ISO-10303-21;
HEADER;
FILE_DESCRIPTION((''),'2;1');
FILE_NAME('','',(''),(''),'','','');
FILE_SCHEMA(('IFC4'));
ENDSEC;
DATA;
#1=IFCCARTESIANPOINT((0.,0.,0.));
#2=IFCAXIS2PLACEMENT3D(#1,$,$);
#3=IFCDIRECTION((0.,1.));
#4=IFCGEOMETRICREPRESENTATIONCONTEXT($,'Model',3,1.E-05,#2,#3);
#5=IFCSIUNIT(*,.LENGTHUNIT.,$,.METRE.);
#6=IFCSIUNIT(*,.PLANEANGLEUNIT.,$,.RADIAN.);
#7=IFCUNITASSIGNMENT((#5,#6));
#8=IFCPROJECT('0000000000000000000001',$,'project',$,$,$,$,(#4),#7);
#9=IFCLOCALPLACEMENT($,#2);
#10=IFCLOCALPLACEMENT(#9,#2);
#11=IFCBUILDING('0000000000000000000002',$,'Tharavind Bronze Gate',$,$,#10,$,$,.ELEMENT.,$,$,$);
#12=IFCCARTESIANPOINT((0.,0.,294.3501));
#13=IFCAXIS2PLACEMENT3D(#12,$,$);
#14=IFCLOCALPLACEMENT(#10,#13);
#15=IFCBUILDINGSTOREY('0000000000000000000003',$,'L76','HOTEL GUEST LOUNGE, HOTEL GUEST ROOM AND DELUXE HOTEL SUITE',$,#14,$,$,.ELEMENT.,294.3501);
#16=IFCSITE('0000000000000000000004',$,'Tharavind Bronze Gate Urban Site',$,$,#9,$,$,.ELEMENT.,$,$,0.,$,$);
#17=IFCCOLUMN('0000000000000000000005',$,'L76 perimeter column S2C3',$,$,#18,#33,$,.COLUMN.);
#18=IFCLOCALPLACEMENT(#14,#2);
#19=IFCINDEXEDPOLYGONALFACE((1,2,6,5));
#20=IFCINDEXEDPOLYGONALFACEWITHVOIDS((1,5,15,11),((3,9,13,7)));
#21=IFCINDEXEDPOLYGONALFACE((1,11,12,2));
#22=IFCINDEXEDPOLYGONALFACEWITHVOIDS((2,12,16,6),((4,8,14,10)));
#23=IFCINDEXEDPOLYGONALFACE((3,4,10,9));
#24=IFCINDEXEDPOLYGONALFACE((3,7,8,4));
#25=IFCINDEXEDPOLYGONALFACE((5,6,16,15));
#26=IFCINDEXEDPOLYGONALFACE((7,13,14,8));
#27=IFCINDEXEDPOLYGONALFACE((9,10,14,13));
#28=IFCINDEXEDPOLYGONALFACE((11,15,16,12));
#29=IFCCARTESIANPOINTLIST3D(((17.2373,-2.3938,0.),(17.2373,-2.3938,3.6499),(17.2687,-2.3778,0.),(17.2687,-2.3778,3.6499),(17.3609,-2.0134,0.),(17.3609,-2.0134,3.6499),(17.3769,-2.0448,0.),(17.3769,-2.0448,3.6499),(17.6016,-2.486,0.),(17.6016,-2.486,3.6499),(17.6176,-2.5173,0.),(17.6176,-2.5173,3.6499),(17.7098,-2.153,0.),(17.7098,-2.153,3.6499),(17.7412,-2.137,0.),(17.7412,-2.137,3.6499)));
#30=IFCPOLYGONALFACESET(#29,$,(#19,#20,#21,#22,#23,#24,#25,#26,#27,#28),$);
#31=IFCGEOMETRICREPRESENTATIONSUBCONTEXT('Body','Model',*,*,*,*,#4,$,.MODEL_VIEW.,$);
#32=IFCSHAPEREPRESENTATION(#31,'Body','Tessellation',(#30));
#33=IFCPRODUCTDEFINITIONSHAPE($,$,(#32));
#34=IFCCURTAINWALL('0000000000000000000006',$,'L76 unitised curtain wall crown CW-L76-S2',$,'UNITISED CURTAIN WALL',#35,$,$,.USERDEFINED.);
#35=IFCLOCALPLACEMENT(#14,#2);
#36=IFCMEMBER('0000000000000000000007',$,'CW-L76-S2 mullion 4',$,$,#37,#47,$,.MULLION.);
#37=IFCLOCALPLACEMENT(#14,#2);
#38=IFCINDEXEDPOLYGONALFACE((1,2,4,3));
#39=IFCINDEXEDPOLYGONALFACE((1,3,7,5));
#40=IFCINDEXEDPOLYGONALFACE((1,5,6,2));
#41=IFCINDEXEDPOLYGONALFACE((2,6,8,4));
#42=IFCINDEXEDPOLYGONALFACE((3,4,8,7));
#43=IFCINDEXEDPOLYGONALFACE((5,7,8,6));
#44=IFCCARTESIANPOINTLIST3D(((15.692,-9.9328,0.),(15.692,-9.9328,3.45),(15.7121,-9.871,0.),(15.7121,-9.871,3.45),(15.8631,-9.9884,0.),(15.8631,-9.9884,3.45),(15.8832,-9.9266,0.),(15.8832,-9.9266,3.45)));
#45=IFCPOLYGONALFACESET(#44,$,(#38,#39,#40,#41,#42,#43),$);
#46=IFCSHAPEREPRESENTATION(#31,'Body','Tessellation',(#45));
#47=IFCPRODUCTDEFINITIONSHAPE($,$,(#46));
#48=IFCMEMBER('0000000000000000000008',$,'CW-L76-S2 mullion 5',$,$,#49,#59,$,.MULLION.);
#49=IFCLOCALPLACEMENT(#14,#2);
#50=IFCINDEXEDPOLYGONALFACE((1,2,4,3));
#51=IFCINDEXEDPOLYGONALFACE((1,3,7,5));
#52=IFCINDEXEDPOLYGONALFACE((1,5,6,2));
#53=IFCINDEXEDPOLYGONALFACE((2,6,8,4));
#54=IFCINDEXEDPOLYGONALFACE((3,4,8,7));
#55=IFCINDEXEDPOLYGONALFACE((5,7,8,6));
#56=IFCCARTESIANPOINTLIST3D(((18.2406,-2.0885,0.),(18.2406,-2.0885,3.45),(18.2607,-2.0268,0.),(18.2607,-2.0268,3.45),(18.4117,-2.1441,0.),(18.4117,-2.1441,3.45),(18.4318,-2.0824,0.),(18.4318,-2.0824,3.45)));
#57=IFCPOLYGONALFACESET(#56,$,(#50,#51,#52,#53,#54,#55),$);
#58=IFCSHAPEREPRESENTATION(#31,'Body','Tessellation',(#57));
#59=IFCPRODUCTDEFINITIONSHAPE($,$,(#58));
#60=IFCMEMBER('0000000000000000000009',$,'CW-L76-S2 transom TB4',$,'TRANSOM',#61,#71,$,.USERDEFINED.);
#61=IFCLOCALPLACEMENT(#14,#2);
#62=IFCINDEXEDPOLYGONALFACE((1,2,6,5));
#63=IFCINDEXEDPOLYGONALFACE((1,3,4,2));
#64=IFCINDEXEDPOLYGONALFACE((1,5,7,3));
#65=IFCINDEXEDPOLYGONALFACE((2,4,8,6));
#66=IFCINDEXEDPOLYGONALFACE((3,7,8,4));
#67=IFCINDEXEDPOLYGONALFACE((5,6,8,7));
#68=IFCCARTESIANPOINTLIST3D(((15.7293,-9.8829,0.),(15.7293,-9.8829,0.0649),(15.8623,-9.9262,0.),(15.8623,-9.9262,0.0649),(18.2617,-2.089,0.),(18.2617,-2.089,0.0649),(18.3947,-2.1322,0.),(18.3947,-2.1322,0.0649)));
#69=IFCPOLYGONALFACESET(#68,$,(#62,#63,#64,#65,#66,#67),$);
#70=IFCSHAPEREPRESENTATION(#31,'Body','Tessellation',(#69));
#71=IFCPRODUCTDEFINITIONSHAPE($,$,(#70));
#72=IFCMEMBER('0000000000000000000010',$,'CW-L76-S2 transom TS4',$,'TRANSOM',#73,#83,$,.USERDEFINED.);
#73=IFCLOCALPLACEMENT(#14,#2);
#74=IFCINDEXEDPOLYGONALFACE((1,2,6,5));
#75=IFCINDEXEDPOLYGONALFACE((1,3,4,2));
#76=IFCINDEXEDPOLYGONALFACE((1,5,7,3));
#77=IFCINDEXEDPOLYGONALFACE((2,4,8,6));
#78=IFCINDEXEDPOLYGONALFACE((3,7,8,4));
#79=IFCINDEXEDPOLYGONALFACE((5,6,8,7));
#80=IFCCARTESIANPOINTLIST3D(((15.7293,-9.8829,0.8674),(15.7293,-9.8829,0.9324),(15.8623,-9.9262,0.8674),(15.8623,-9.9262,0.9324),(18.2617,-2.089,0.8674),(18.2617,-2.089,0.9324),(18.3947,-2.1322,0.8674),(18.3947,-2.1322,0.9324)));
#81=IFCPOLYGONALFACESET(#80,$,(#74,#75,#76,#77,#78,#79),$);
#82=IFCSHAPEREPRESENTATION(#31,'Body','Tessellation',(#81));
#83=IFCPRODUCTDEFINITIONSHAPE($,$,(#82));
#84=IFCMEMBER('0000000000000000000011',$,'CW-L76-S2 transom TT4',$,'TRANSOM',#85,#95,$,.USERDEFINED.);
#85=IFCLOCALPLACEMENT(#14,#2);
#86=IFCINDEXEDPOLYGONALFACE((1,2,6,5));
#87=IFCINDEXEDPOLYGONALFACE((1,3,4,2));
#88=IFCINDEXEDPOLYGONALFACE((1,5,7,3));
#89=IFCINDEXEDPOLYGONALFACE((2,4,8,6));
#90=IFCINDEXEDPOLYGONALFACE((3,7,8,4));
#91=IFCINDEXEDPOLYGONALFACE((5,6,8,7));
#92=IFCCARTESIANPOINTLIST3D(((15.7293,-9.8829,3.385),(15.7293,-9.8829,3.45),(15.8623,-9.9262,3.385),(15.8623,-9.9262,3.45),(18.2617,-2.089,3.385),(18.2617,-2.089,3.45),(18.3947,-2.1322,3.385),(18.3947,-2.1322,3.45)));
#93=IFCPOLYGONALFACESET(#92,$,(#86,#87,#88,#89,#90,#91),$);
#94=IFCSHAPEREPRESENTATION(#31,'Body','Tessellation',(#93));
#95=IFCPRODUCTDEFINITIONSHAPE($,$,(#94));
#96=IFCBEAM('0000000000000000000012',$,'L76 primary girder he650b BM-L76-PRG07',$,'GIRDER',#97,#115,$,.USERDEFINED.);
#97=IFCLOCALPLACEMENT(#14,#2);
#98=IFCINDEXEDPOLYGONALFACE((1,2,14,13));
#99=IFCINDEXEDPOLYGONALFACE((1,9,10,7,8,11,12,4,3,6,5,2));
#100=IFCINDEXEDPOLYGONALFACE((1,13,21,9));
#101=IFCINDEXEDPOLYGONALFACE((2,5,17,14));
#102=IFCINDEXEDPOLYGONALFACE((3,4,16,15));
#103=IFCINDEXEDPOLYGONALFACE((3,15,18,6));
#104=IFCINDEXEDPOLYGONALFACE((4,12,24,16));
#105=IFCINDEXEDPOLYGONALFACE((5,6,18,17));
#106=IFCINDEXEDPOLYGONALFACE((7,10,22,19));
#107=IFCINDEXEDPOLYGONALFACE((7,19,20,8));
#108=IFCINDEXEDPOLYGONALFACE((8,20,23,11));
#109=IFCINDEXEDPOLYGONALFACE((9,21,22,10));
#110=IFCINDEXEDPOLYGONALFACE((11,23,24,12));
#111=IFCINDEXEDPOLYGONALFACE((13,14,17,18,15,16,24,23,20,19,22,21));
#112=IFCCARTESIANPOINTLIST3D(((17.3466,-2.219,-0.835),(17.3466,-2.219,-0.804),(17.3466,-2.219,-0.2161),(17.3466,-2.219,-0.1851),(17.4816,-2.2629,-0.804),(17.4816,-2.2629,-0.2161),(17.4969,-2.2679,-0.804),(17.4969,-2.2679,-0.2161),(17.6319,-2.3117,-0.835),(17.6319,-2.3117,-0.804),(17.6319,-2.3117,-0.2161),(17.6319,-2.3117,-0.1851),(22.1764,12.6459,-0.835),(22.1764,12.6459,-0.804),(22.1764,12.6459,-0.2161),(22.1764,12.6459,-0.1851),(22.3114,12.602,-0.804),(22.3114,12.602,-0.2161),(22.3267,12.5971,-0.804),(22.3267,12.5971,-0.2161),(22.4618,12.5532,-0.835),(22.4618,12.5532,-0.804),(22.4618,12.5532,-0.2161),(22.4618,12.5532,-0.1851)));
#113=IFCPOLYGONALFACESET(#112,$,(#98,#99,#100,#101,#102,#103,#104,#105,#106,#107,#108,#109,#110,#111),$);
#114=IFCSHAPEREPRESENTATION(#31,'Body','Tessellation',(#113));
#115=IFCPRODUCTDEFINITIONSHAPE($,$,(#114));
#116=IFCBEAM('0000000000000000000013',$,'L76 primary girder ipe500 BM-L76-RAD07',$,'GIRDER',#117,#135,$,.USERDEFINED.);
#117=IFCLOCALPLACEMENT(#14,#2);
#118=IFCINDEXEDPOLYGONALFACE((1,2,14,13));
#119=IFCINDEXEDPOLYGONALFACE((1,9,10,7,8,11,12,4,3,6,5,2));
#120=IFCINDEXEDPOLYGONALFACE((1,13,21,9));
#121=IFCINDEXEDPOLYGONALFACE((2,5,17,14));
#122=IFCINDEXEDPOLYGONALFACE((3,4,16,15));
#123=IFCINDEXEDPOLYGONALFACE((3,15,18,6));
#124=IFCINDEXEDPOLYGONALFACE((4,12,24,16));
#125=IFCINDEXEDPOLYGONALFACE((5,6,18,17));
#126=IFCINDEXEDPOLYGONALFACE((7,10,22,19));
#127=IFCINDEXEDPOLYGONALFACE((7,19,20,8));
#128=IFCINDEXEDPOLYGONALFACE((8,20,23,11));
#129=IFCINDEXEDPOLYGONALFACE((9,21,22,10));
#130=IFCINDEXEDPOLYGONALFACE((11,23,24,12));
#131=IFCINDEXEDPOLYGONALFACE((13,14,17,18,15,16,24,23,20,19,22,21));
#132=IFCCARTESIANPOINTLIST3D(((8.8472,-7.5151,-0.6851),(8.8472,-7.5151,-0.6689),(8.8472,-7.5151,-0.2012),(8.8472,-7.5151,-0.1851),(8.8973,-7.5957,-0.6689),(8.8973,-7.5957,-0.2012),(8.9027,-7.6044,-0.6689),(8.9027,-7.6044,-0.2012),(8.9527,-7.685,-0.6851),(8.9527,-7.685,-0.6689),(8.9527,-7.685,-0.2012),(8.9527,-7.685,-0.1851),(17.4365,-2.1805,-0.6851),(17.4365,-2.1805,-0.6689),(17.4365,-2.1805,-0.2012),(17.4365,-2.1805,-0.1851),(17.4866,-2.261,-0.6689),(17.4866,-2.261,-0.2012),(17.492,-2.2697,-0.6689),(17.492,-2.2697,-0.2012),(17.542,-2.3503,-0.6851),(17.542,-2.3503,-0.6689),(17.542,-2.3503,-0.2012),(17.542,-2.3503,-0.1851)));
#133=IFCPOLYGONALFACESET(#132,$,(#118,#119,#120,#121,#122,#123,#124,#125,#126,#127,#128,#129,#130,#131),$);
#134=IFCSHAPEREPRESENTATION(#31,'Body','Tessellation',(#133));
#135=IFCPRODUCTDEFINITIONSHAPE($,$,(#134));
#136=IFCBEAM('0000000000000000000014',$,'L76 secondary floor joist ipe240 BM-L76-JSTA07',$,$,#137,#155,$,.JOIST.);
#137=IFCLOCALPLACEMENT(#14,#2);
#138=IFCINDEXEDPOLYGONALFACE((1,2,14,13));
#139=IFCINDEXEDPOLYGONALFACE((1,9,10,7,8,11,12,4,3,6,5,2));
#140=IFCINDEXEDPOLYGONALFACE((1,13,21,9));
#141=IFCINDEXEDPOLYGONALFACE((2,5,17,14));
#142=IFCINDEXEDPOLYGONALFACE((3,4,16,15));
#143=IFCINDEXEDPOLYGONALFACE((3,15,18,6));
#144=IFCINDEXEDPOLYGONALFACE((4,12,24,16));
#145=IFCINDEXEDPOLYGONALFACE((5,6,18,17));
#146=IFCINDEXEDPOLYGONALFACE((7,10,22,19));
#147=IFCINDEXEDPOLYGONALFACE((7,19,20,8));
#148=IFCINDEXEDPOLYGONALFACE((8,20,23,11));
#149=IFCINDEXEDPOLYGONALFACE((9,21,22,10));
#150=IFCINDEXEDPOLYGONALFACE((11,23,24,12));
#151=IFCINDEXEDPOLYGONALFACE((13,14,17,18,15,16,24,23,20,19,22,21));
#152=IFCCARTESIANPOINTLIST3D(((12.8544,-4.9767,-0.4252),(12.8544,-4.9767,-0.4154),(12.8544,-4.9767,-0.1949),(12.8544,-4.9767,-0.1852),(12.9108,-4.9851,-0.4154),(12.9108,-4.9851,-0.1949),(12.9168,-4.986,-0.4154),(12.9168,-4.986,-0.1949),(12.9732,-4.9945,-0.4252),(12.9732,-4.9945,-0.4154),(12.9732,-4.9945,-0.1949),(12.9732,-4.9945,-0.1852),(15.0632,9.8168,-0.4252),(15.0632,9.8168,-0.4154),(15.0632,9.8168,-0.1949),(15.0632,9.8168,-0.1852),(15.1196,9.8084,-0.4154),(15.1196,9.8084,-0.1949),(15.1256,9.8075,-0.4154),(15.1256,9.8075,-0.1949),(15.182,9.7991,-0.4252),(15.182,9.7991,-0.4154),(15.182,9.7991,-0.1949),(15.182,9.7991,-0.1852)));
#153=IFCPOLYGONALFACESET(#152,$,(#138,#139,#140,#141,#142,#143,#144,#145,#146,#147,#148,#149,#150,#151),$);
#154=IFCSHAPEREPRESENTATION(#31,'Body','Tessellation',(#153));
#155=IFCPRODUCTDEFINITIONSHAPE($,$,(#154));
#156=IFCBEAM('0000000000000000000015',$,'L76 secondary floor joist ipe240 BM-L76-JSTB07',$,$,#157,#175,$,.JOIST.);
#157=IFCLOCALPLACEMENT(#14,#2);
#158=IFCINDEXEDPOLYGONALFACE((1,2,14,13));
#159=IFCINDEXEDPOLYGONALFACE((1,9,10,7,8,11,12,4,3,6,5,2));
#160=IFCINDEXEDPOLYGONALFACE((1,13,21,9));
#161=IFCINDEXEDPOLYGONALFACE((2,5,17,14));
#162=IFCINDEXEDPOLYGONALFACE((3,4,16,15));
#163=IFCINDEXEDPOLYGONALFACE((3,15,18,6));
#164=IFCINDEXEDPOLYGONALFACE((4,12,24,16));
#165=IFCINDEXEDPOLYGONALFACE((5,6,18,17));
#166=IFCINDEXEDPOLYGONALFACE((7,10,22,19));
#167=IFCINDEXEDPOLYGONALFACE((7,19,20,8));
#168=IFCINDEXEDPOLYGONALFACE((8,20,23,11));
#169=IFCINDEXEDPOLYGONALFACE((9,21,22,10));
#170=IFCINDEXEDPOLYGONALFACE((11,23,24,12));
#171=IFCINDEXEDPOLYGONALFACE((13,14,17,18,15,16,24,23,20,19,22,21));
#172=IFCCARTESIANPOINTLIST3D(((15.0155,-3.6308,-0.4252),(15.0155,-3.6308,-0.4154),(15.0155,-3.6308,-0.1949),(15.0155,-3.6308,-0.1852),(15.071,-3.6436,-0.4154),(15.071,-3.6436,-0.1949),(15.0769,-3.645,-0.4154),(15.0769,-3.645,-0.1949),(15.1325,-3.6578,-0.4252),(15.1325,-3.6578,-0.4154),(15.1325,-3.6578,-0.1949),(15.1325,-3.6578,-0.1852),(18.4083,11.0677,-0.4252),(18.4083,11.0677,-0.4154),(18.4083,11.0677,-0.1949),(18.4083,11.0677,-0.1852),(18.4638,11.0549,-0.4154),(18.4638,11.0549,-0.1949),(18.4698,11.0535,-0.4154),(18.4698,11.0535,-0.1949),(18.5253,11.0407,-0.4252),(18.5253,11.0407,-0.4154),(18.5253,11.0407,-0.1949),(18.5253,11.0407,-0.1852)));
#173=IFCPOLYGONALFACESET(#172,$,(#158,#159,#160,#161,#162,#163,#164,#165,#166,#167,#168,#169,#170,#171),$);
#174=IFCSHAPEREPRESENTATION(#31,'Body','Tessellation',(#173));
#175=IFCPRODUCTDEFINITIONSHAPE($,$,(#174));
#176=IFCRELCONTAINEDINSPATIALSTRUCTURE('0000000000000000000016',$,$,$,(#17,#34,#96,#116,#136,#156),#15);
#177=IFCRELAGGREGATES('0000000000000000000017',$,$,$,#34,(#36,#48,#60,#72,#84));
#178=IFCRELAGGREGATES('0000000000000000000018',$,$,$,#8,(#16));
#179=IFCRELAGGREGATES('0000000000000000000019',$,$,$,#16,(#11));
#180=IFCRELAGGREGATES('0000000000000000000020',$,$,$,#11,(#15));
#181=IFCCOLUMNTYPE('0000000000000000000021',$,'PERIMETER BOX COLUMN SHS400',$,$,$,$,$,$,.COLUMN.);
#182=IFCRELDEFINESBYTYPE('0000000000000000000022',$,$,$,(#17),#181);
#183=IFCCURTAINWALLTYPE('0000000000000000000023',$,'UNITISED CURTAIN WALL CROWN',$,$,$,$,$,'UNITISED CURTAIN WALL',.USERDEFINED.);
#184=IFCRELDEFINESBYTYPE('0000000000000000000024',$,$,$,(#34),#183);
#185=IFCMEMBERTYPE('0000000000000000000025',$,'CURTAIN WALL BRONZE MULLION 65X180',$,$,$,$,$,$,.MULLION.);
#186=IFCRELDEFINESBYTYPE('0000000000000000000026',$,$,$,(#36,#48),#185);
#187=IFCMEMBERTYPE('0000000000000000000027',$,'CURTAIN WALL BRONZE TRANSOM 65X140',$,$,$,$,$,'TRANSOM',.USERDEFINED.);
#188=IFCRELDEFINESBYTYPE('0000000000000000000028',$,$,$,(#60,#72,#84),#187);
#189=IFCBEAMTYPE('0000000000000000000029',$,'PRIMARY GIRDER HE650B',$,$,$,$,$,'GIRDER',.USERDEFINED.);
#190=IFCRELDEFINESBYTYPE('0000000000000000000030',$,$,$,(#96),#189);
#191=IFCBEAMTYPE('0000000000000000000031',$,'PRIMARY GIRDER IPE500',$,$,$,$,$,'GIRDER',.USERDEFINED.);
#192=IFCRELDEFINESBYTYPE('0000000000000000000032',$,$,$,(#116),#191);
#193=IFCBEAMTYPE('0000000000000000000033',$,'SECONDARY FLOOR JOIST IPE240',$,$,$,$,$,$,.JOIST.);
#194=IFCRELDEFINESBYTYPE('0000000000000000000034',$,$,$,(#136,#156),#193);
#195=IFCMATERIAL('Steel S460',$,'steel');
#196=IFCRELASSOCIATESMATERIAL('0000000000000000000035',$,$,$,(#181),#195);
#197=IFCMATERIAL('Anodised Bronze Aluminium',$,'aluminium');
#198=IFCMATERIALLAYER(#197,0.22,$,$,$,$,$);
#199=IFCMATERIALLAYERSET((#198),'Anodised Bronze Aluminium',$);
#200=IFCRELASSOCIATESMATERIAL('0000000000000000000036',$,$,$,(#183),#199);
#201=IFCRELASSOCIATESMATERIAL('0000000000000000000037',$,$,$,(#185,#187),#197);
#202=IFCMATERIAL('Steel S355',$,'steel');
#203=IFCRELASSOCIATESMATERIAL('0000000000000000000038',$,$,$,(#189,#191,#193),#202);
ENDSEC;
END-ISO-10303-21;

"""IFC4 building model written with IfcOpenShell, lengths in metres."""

from ifc_helpers import new_model, si_unit, direction, frame, origin, origin_2d, place, context, subcontext, project, spatial, rectangle, hollow_rectangle, i_section, extrude, material, layer, layer_set, material_profile, profile_set, type_object, element, aggregate, save


model = new_model("IFC4")

# Units and contexts
model_context = context("Model", 3, precision=1e-05, world=origin(), true_north=direction((0.0, 1.0)))
body_context = subcontext(model_context, "Body", "Model", "MODEL_VIEW")
ifc_project = project(units=[si_unit("LENGTHUNIT", "METRE"), si_unit("PLANEANGLEUNIT", "RADIAN")], contexts=[model_context])

# Site, building, storey
site_placement = place(None, origin())
site = spatial("IfcSite", under=ifc_project, at=site_placement, Name="Tharavind Bronze Gate Urban Site", CompositionType="ELEMENT", RefElevation=0.0)
building_placement = place(site_placement, origin())
building = spatial("IfcBuilding", under=site, at=building_placement, Name="Tharavind Bronze Gate", CompositionType="ELEMENT")
storey_placement = place(building_placement, frame((0.0, 0.0, 294.3501)))
storey = spatial("IfcBuildingStorey", under=building, at=storey_placement, Name="L76", Description="HOTEL GUEST LOUNGE, HOTEL GUEST ROOM AND DELUXE HOTEL SUITE", CompositionType="ELEMENT", Elevation=294.3501)

# Column
ifc_material_1 = material(Name="Steel S460", Category="steel")
ifc_material_profile_1 = material_profile(ifc_material_1, hollow_rectangle(XDim=0.3999, YDim=0.3999, WallThickness=0.0249, at=origin_2d()), Name="SHS400X25")
ifc_profile_set_1 = profile_set([ifc_material_profile_1], Name="Steel S460")
column_type = type_object("IfcColumnType", Name="PERIMETER BOX COLUMN SHS400", PredefinedType="COLUMN", material=ifc_profile_set_1)
column_placement = place(storey_placement, frame((17.4893, -2.2654, 0.0), z_axis=(0.0, 0.0, 1.0), x_axis=(0.309019, 0.951056, 0.0)))
element("IfcColumn", 1, at=column_placement, inside=storey, type_object=column_type, Name="L76 perimeter column S2C3", PredefinedType="COLUMN", context=body_context, shape_type="SweptSolid", body=[
    extrude(hollow_rectangle(XDim=0.3999, YDim=0.3999, WallThickness=0.0249, at=origin_2d()), origin(), (0.0, 0.0, 1.0), 3.6499),
])

# Curtain wall, members
ifc_material_2 = material(Name="Anodised Bronze Aluminium", Category="aluminium")
ifc_layer_1 = layer(ifc_material_2, 0.22)
ifc_layer_set_1 = layer_set([ifc_layer_1], Name="Anodised Bronze Aluminium")
curtain_wall_type = type_object("IfcCurtainWallType", Name="UNITISED CURTAIN WALL CROWN", ElementType="UNITISED CURTAIN WALL", PredefinedType="USERDEFINED", material=ifc_layer_set_1)
curtain_wall_placement = place(storey_placement, origin())
curtain_wall = element("IfcCurtainWall", 2, at=curtain_wall_placement, inside=storey, type_object=curtain_wall_type, Name="L76 unitised curtain wall crown CW-L76-S2", ObjectType="UNITISED CURTAIN WALL", PredefinedType="USERDEFINED")
member_type_1 = type_object("IfcMemberType", Name="CURTAIN WALL BRONZE MULLION 65X180", PredefinedType="MULLION", material=ifc_material_2)
member_1_placement = place(storey_placement, frame((15.7876, -9.9297, 0.0), z_axis=(0.0, 0.0, 1.0), x_axis=(0.309017, 0.951057, 0.0)))
member_1 = element("IfcMember", 3, at=member_1_placement, type_object=member_type_1, Name="CW-L76-S2 mullion 4", PredefinedType="MULLION", context=body_context, shape_type="SweptSolid", body=[
    extrude(rectangle(XDim=0.0649, YDim=0.1799, at=origin_2d()), origin(), (0.0, 0.0, 1.0), 3.45),
])
member_2_placement = place(storey_placement, frame((18.3362, -2.0854, 0.0), z_axis=(0.0, 0.0, 1.0), x_axis=(0.309017, 0.951057, 0.0)))
member_2 = element("IfcMember", 4, at=member_2_placement, type_object=member_type_1, Name="CW-L76-S2 mullion 5", PredefinedType="MULLION", context=body_context, shape_type="SweptSolid", body=[
    extrude(rectangle(XDim=0.0649, YDim=0.1799, at=origin_2d()), origin(), (0.0, 0.0, 1.0), 3.45),
])
member_type_2 = type_object("IfcMemberType", Name="CURTAIN WALL BRONZE TRANSOM 65X140", ElementType="TRANSOM", PredefinedType="USERDEFINED", material=ifc_material_2)
member_3_placement = place(storey_placement, frame((17.062, -6.0076, 0.0), z_axis=(0.0, 0.0, 1.0), x_axis=(0.309017, 0.951057, 0.0)))
member_3 = element("IfcMember", 5, at=member_3_placement, type_object=member_type_2, Name="CW-L76-S2 transom TB4", ObjectType="TRANSOM", PredefinedType="USERDEFINED", context=body_context, shape_type="SweptSolid", body=[
    extrude(rectangle(XDim=8.1951, YDim=0.1399, at=origin_2d()), origin(), (0.0, 0.0, 1.0), 0.0649),
])
member_4_placement = place(storey_placement, frame((17.062, -6.0076, 0.8674), z_axis=(0.0, 0.0, 1.0), x_axis=(0.309017, 0.951057, 0.0)))
member_4 = element("IfcMember", 6, at=member_4_placement, type_object=member_type_2, Name="CW-L76-S2 transom TS4", ObjectType="TRANSOM", PredefinedType="USERDEFINED", context=body_context, shape_type="SweptSolid", body=[
    extrude(rectangle(XDim=8.1951, YDim=0.1399, at=origin_2d()), origin(), (0.0, 0.0, 1.0), 0.0649),
])
member_5_placement = place(storey_placement, frame((17.062, -6.0076, 3.385), z_axis=(0.0, 0.0, 1.0), x_axis=(0.309017, 0.951057, 0.0)))
member_5 = element("IfcMember", 7, at=member_5_placement, type_object=member_type_2, Name="CW-L76-S2 transom TT4", ObjectType="TRANSOM", PredefinedType="USERDEFINED", context=body_context, shape_type="SweptSolid", body=[
    extrude(rectangle(XDim=8.1951, YDim=0.1399, at=origin_2d()), origin(), (0.0, 0.0, 1.0), 0.0649),
])

# Beams
ifc_material_3 = material(Name="Steel S355", Category="steel")
ifc_material_profile_2 = material_profile(ifc_material_3, i_section(OverallWidth=0.3, OverallDepth=0.6499, WebThickness=0.0161, FlangeThickness=0.031, at=origin_2d()), Name="HE650B")
ifc_profile_set_2 = profile_set([ifc_material_profile_2], Name="Steel S355")
beam_type_1 = type_object("IfcBeamType", Name="PRIMARY GIRDER HE650B", ElementType="GIRDER", PredefinedType="USERDEFINED", material=ifc_profile_set_2)
beam_1_placement = place(storey_placement, frame((17.4893, -2.2654, -0.51), z_axis=(0.309012, 0.951058, 0.0), x_axis=(-0.951058, 0.309012, 0.0)))
element("IfcBeam", 8, at=beam_1_placement, inside=storey, type_object=beam_type_1, Name="L76 primary girder he650b BM-L76-PRG07", ObjectType="GIRDER", PredefinedType="USERDEFINED", context=body_context, shape_type="SweptSolid", body=[
    extrude(i_section(OverallWidth=0.3, OverallDepth=0.6499, WebThickness=0.0161, FlangeThickness=0.031, at=origin_2d()), origin(), (0.0, 0.0, 1.0), 15.6299),
])
ifc_material_profile_3 = material_profile(ifc_material_3, i_section(OverallWidth=0.2, OverallDepth=0.5, WebThickness=0.0103, FlangeThickness=0.0161, at=origin_2d()), Name="IPE500")
ifc_profile_set_3 = profile_set([ifc_material_profile_3], Name="Steel S355")
beam_type_2 = type_object("IfcBeamType", Name="PRIMARY GIRDER IPE500", ElementType="GIRDER", PredefinedType="USERDEFINED", material=ifc_profile_set_3)
beam_2_placement = place(storey_placement, frame((17.4893, -2.2654, -0.4351), z_axis=(-0.84949, -0.527605, 0.0), x_axis=(0.527605, -0.84949, 0.0)))
element("IfcBeam", 9, at=beam_2_placement, inside=storey, type_object=beam_type_2, Name="L76 primary girder ipe500 BM-L76-RAD07", ObjectType="GIRDER", PredefinedType="USERDEFINED", context=body_context, shape_type="SweptSolid", body=[
    extrude(i_section(OverallWidth=0.2, OverallDepth=0.5, WebThickness=0.0103, FlangeThickness=0.0161, at=origin_2d()), origin(), (0.0, 0.0, 1.0), 10.1111),
])
ifc_material_profile_4 = material_profile(ifc_material_3, i_section(OverallWidth=0.1201, OverallDepth=0.24, WebThickness=0.0061, FlangeThickness=0.0098, at=origin_2d()), Name="IPE240")
ifc_profile_set_4 = profile_set([ifc_material_profile_4], Name="Steel S355")
beam_type_3 = type_object("IfcBeamType", Name="SECONDARY FLOOR JOIST IPE240", PredefinedType="JOIST", material=ifc_profile_set_4)
beam_3_placement = place(storey_placement, frame((12.9138, -4.9856, -0.3052), z_axis=(0.147668, 0.989037, 0.0), x_axis=(-0.989037, 0.147668, 0.0)))
element("IfcBeam", 10, at=beam_3_placement, inside=storey, type_object=beam_type_3, Name="L76 secondary floor joist ipe240 BM-L76-JSTA07", PredefinedType="JOIST", context=body_context, shape_type="SweptSolid", body=[
    extrude(i_section(OverallWidth=0.1201, OverallDepth=0.24, WebThickness=0.0061, FlangeThickness=0.0098, at=origin_2d()), origin(), (0.0, 0.0, 1.0), 14.9575),
])
beam_4_placement = place(storey_placement, frame((15.074, -3.6443, -0.3052), z_axis=(0.224914, 0.974379, 0.0), x_axis=(-0.974379, 0.224914, 0.0)))
element("IfcBeam", 11, at=beam_4_placement, inside=storey, type_object=beam_type_3, Name="L76 secondary floor joist ipe240 BM-L76-JSTB07", PredefinedType="JOIST", context=body_context, shape_type="SweptSolid", body=[
    extrude(i_section(OverallWidth=0.1201, OverallDepth=0.24, WebThickness=0.0061, FlangeThickness=0.0098, at=origin_2d()), origin(), (0.0, 0.0, 1.0), 15.085),
])

aggregate(curtain_wall, [member_1, member_2, member_3, member_4, member_5])

save(model, "model.ifc")
